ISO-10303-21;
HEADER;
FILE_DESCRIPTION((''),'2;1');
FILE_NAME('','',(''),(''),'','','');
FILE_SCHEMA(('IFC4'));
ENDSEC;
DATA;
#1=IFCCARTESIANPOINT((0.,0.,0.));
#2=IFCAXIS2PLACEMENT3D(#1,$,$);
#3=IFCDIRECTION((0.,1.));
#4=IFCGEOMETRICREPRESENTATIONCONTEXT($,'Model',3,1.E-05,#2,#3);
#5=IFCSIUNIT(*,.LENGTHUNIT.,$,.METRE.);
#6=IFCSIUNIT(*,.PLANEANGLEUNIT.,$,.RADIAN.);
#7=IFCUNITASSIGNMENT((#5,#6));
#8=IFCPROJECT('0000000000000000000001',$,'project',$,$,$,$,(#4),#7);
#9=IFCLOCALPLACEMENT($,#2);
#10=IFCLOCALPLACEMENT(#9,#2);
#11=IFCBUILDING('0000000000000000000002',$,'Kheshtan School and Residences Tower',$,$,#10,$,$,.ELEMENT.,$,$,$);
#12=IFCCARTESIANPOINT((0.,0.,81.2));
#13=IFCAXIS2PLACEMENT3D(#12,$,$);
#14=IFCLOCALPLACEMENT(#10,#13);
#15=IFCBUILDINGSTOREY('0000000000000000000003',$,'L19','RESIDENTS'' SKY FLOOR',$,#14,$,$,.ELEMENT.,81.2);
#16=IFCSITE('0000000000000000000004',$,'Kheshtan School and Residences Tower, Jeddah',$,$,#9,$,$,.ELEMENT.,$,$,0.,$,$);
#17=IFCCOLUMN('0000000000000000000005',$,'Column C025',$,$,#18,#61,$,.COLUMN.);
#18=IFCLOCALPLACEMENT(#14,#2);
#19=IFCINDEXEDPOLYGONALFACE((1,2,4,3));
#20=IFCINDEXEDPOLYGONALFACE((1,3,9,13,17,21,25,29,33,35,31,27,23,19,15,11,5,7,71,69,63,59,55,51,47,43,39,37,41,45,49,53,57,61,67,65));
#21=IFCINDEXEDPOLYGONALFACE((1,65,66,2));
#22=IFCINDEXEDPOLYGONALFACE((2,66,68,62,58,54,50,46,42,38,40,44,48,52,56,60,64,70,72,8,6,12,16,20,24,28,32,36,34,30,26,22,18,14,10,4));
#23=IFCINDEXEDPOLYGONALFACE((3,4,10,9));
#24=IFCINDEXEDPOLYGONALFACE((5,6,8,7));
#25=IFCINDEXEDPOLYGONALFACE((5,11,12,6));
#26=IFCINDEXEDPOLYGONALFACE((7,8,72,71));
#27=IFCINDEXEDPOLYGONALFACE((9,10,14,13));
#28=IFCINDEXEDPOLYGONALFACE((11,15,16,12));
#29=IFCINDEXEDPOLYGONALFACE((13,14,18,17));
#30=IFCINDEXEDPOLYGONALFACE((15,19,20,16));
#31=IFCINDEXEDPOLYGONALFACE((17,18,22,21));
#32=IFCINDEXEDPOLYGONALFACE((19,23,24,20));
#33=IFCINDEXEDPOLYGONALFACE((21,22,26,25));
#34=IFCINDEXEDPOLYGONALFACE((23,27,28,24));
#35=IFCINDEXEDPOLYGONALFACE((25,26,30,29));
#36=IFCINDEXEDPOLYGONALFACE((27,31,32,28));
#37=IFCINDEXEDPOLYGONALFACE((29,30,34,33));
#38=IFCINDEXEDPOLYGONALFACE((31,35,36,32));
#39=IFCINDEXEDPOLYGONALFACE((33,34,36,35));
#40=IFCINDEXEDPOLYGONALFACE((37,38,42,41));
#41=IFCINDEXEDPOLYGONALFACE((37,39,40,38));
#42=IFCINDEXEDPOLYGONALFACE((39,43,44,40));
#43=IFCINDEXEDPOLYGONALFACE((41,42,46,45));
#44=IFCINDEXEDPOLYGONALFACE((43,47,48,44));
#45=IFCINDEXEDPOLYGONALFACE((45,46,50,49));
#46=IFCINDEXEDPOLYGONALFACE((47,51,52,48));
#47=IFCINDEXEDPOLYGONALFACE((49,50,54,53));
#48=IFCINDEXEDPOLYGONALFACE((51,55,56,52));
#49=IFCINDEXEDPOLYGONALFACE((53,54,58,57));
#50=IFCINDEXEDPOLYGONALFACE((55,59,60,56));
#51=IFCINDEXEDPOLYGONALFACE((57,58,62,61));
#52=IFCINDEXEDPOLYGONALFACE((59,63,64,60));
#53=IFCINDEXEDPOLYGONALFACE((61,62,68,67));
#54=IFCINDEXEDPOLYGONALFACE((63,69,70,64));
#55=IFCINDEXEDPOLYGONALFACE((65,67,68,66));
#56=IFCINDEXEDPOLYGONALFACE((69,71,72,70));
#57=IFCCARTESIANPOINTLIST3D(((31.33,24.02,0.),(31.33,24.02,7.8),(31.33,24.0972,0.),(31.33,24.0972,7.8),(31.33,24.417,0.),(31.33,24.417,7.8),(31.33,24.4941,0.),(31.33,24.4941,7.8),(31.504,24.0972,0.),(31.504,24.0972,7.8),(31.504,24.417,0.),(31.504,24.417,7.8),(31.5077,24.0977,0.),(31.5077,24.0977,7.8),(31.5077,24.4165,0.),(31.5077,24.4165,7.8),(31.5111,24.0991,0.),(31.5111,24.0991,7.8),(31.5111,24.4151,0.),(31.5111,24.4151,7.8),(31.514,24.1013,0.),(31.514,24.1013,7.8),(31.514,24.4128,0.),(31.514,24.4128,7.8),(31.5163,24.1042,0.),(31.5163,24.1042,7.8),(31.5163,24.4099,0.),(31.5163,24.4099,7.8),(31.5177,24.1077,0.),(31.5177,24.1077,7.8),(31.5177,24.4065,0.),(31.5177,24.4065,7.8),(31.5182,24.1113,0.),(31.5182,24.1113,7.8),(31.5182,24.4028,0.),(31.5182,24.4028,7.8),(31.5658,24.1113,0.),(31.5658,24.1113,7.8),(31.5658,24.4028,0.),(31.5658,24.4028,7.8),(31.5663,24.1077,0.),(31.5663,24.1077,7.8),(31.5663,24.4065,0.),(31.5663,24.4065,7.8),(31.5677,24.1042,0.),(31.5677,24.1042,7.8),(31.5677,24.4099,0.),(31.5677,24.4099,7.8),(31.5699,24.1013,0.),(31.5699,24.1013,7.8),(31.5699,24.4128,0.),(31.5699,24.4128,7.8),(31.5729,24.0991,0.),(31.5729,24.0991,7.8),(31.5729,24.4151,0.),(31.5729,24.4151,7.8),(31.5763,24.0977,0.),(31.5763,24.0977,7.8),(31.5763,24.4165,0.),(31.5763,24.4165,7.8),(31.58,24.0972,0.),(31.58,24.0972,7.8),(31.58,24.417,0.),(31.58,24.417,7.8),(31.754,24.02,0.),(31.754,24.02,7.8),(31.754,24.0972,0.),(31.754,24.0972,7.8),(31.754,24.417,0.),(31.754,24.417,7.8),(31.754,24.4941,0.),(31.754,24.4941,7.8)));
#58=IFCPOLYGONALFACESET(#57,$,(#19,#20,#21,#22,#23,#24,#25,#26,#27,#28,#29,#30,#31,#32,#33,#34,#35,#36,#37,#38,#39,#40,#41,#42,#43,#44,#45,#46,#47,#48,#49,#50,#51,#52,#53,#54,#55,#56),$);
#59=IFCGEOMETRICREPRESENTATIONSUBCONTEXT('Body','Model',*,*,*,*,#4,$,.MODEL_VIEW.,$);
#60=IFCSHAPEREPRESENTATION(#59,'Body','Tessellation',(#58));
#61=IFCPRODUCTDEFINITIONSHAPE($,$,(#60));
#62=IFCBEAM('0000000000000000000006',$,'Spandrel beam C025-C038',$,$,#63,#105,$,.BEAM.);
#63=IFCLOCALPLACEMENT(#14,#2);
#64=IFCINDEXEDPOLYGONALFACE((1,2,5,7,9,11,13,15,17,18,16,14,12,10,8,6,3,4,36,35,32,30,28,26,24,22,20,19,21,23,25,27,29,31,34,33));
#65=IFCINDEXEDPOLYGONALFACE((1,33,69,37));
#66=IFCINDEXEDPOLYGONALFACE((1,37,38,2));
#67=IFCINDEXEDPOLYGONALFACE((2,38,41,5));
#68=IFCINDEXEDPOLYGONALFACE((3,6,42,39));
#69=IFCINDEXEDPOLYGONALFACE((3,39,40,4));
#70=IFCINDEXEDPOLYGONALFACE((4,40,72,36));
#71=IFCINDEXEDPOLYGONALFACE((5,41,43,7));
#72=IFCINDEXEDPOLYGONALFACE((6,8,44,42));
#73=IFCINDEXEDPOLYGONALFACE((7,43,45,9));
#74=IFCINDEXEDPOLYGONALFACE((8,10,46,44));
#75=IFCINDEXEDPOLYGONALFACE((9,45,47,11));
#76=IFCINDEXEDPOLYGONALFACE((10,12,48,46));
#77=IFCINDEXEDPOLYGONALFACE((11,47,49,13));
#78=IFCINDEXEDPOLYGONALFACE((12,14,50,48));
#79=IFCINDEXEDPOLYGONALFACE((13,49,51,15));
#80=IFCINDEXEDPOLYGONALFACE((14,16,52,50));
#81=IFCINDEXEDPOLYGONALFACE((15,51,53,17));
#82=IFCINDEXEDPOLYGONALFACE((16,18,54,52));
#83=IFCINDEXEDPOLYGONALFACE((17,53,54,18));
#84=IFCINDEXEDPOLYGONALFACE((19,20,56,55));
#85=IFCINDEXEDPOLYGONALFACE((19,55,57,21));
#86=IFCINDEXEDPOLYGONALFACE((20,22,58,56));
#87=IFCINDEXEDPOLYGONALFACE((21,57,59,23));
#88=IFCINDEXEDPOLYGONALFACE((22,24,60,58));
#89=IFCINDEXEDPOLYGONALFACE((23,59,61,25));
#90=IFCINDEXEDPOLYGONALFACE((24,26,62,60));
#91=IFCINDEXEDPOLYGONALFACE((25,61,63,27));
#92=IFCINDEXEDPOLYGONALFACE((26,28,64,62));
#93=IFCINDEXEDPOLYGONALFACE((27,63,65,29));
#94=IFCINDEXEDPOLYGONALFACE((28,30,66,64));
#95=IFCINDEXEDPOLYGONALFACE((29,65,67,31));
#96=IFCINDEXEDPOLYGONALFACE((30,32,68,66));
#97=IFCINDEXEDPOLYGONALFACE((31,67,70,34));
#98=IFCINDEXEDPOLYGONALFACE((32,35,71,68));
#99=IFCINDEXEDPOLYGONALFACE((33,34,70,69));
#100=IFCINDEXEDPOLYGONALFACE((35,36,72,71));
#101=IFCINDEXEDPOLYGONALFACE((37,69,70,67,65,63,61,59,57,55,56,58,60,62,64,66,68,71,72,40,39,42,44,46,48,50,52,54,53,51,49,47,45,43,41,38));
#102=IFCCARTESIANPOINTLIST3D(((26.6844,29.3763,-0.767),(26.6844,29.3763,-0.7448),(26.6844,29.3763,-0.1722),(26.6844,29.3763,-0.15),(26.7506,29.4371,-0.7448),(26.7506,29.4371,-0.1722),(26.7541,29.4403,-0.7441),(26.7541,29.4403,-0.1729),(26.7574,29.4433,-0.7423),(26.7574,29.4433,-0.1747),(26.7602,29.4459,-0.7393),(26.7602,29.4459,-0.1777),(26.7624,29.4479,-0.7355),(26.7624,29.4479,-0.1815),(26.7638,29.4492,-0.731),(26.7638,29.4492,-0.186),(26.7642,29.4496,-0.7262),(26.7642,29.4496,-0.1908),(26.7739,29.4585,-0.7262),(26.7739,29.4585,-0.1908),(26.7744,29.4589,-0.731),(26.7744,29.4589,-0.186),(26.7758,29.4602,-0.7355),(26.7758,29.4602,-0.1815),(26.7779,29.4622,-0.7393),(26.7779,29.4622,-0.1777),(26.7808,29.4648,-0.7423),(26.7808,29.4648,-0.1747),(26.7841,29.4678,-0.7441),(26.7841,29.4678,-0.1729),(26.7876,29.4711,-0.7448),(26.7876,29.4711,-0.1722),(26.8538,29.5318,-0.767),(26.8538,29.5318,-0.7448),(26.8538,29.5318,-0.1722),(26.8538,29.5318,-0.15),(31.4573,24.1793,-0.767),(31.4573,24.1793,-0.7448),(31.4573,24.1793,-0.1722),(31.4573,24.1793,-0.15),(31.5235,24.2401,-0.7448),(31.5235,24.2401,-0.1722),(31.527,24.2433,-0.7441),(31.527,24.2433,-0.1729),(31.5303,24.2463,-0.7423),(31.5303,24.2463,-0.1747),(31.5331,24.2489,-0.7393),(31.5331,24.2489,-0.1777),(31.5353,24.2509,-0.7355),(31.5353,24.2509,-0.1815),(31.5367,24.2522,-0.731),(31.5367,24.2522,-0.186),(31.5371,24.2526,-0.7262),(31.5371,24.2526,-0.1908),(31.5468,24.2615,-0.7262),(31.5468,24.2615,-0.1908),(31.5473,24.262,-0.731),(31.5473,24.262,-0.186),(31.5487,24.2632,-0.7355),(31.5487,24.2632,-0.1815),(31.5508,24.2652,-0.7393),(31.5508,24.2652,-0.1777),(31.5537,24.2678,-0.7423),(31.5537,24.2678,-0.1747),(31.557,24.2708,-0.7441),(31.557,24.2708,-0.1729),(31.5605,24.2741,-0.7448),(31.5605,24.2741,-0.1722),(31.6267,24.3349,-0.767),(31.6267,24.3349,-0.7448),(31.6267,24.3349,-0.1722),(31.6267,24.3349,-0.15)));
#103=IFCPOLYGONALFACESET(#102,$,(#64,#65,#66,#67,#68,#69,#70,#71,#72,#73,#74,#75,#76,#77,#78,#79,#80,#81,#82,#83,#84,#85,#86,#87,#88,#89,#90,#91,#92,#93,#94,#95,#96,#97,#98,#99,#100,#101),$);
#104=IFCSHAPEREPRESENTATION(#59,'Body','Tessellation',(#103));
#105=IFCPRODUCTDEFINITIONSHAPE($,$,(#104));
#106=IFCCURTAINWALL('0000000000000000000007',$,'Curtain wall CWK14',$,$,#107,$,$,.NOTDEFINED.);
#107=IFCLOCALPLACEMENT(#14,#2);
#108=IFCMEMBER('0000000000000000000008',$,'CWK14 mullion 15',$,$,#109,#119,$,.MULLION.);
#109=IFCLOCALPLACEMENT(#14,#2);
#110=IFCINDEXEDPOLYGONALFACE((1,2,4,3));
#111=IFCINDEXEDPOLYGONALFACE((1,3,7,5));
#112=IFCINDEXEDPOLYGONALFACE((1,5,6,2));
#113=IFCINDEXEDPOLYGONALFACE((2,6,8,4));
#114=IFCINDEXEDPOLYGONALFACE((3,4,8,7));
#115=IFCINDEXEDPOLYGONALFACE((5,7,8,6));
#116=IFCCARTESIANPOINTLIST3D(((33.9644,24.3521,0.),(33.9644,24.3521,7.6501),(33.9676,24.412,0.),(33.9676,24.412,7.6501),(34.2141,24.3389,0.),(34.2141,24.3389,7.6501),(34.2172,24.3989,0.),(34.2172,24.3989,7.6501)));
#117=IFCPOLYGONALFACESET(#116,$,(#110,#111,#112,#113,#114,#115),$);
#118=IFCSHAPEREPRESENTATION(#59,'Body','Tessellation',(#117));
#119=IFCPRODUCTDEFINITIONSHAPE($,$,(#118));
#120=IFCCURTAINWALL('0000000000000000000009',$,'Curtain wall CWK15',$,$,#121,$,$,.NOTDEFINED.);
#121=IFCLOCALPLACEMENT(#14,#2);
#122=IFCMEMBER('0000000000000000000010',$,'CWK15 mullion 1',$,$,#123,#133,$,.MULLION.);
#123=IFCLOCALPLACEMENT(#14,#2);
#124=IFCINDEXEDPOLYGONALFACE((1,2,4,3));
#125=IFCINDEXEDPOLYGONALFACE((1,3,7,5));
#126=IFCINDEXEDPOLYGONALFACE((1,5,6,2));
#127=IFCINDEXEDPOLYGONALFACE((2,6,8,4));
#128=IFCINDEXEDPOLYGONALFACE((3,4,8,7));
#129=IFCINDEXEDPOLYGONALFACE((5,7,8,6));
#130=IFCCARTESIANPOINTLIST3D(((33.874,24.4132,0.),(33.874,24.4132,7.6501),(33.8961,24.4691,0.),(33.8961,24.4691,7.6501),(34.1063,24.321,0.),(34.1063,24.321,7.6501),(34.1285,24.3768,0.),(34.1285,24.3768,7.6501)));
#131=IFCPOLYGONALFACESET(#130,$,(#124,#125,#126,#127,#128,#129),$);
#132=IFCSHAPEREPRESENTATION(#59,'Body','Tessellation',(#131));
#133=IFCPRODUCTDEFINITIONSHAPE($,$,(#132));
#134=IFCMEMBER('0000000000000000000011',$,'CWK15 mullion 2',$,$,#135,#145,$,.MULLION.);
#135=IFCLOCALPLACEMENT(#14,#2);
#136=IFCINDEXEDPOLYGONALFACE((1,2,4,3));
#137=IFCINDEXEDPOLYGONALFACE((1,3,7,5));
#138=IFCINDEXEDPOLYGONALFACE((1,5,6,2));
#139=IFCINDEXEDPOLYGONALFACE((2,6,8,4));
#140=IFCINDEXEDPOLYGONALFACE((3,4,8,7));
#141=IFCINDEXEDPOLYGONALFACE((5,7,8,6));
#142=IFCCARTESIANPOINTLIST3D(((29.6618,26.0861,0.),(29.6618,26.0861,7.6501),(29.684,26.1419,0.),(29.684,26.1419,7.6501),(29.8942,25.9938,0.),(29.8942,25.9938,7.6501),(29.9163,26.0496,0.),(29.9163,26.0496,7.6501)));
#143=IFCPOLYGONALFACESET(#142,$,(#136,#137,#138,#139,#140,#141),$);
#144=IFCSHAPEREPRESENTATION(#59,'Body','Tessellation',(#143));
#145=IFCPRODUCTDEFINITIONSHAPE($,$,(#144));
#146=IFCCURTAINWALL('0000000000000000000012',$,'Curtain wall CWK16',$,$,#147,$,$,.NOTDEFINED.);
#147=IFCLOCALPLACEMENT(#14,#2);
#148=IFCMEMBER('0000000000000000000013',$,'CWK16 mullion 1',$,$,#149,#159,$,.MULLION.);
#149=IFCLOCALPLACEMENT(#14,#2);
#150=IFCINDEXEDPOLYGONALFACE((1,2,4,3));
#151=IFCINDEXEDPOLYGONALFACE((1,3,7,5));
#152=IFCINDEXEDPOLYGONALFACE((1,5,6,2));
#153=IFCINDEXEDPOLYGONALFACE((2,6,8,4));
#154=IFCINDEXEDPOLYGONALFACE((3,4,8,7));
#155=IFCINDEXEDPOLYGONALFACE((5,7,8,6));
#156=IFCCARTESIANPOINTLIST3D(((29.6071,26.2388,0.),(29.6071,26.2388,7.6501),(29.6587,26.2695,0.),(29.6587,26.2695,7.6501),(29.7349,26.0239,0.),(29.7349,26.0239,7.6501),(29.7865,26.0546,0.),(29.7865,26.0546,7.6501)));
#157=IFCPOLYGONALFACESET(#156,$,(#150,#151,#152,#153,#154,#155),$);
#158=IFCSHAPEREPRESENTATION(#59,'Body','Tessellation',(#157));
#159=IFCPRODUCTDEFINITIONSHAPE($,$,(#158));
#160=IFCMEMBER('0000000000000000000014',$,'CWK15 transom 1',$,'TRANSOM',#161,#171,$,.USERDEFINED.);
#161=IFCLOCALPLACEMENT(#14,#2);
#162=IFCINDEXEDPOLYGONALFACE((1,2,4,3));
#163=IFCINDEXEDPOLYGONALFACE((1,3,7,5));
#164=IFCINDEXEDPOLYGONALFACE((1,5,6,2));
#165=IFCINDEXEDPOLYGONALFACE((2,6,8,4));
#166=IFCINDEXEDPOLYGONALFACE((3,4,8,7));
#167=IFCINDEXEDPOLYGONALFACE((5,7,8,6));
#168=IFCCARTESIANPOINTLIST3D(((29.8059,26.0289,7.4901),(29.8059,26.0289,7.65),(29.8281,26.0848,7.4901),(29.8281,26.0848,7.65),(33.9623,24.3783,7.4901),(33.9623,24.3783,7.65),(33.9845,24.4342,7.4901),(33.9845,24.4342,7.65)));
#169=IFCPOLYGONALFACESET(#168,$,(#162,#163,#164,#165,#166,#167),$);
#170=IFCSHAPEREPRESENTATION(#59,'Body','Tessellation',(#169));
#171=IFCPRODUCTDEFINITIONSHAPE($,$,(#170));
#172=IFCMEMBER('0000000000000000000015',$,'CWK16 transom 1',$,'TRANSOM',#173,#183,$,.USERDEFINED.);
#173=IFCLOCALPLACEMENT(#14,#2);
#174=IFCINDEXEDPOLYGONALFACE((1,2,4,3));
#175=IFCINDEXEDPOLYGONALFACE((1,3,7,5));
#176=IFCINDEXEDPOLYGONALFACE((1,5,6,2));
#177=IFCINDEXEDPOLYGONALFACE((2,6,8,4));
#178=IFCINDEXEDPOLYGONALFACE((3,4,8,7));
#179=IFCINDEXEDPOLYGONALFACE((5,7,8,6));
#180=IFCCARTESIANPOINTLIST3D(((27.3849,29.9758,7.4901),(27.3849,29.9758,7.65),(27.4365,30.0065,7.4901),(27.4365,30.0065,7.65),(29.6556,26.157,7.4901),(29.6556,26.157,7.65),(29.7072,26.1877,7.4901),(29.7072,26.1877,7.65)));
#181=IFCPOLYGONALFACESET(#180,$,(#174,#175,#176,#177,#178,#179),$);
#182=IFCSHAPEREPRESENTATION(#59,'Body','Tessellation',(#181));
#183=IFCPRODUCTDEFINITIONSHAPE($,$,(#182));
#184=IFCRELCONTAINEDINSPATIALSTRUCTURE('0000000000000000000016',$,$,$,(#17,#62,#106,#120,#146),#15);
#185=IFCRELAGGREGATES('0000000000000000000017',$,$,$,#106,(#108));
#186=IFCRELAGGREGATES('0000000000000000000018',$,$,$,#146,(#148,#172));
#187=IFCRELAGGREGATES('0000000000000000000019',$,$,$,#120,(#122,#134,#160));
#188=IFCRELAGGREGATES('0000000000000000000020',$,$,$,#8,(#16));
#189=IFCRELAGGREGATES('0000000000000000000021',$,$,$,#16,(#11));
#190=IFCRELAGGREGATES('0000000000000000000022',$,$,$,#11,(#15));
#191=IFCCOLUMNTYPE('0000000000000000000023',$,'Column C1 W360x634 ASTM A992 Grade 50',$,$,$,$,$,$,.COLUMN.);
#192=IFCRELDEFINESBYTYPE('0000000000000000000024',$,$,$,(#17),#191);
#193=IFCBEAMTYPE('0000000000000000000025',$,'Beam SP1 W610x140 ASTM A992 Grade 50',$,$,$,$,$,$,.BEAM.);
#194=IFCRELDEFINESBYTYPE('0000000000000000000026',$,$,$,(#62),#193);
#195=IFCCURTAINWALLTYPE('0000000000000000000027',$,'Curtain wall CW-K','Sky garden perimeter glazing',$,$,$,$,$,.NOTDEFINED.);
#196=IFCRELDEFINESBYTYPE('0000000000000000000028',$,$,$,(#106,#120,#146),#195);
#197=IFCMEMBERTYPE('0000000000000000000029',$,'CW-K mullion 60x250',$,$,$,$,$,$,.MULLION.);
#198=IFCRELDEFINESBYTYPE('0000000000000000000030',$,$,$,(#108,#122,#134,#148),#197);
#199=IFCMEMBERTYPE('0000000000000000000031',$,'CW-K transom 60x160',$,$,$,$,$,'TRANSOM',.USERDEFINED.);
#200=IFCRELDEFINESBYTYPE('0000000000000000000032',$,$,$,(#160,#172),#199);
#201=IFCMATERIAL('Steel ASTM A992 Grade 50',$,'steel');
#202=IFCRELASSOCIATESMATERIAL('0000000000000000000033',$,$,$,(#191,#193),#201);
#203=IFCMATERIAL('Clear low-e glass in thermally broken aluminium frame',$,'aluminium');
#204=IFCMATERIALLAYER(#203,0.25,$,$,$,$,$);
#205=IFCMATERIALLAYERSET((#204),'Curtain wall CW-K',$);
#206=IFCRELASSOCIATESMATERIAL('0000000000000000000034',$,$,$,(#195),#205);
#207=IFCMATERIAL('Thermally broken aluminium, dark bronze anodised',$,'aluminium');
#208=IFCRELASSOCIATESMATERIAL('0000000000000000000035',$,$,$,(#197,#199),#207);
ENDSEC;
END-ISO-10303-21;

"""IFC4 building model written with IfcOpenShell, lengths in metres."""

from ifc_helpers import new_model, si_unit, direction, frame, origin, origin_2d, place, context, subcontext, project, spatial, rectangle, i_section, extrude, material, layer, layer_set, material_profile, profile_set, type_object, element, aggregate, save


model = new_model("IFC4")

# Units and contexts
model_context = context("Model", 3, precision=1e-05, world=origin(), true_north=direction((0.0, 1.0)))
body_context = subcontext(model_context, "Body", "Model", "MODEL_VIEW")
ifc_project = project(units=[si_unit("LENGTHUNIT", "METRE"), si_unit("PLANEANGLEUNIT", "RADIAN")], contexts=[model_context])

# Site, building, storey
site_placement = place(None, origin())
site = spatial("IfcSite", under=ifc_project, at=site_placement, Name="Kheshtan School and Residences Tower, Jeddah", CompositionType="ELEMENT", RefElevation=0.0)
building_placement = place(site_placement, origin())
building = spatial("IfcBuilding", under=site, at=building_placement, Name="Kheshtan School and Residences Tower", CompositionType="ELEMENT")
storey_placement = place(building_placement, frame((0.0, 0.0, 81.2)))
storey = spatial("IfcBuildingStorey", under=building, at=storey_placement, Name="L19", Description="RESIDENTS' SKY FLOOR", CompositionType="ELEMENT", Elevation=81.2)

# Column
ifc_material_1 = material(Name="Steel ASTM A992 Grade 50", Category="steel")
ifc_material_profile_1 = material_profile(ifc_material_1, i_section(OverallWidth=0.4241, OverallDepth=0.4741, WebThickness=0.0476, FlangeThickness=0.0771, FilletRadius=0.0142, at=origin_2d()), Name="W360x634")
ifc_profile_set_1 = profile_set([ifc_material_profile_1], Name="Steel ASTM A992 Grade 50")
column_type = type_object("IfcColumnType", Name="Column C1 W360x634 ASTM A992 Grade 50", PredefinedType="COLUMN", material=ifc_profile_set_1)
column_placement = place(storey_placement, frame((31.542, 24.2571, 0.0), z_axis=(0.0, 0.0, 1.0), x_axis=(1.0, 0.0, 0.0)))
element("IfcColumn", 1, at=column_placement, inside=storey, type_object=column_type, Name="Column C025", PredefinedType="COLUMN", context=body_context, shape_type="SweptSolid", body=[
    extrude(i_section(OverallWidth=0.4241, OverallDepth=0.4741, WebThickness=0.0476, FlangeThickness=0.0771, FilletRadius=0.0142, at=origin_2d()), origin(), (0.0, 0.0, 1.0), 7.8),
])

# Beam
ifc_material_profile_2 = material_profile(ifc_material_1, i_section(OverallWidth=0.23, OverallDepth=0.6169, WebThickness=0.0132, FlangeThickness=0.0222, FilletRadius=0.0186, at=origin_2d()), Name="W610x140")
ifc_profile_set_2 = profile_set([ifc_material_profile_2], Name="Steel ASTM A992 Grade 50")
beam_type = type_object("IfcBeamType", Name="Beam SP1 W610x140 ASTM A992 Grade 50", PredefinedType="BEAM", material=ifc_profile_set_2)
beam_placement = place(storey_placement, frame((31.542, 24.2571, -0.4585), z_axis=(-0.676418, 0.736518, 0.0), x_axis=(-0.736518, -0.676418, 0.0)))
element("IfcBeam", 2, at=beam_placement, inside=storey, type_object=beam_type, Name="Spandrel beam C025-C038", PredefinedType="BEAM", context=body_context, shape_type="SweptSolid", body=[
    extrude(i_section(OverallWidth=0.23, OverallDepth=0.6169, WebThickness=0.0132, FlangeThickness=0.0222, FilletRadius=0.0186, at=origin_2d()), origin(), (0.0, 0.0, 1.0), 7.0562),
])

# Curtain wall, member
ifc_material_2 = material(Name="Clear low-e glass in thermally broken aluminium frame", Category="aluminium")
ifc_layer_1 = layer(ifc_material_2, 0.25)
ifc_layer_set_1 = layer_set([ifc_layer_1], Name="Curtain wall CW-K")
curtain_wall_type = type_object("IfcCurtainWallType", Name="Curtain wall CW-K", Description="Sky garden perimeter glazing", PredefinedType="NOTDEFINED", material=ifc_layer_set_1)
curtain_wall_1_placement = place(storey_placement, origin())
curtain_wall_1 = element("IfcCurtainWall", 3, at=curtain_wall_1_placement, inside=storey, type_object=curtain_wall_type, Name="Curtain wall CWK14", PredefinedType="NOTDEFINED")
ifc_material_3 = material(Name="Thermally broken aluminium, dark bronze anodised", Category="aluminium")
ifc_material_profile_3 = material_profile(ifc_material_3, rectangle(XDim=0.0601, YDim=0.25, at=origin_2d()), Name="CW-K mullion 60x250")
ifc_profile_set_3 = profile_set([ifc_material_profile_3], Name="Thermally broken aluminium, dark bronze anodised")
member_type_1 = type_object("IfcMemberType", Name="CW-K mullion 60x250", PredefinedType="MULLION", material=ifc_profile_set_3)
member_1_placement = place(storey_placement, frame((34.0908, 24.3755, 0.0), z_axis=(0.0, 0.0, 1.0), x_axis=(-0.05257, -0.998617, 0.0)))
member_1 = element("IfcMember", 4, at=member_1_placement, type_object=member_type_1, Name="CWK14 mullion 15", PredefinedType="MULLION", context=body_context, shape_type="SweptSolid", body=[
    extrude(rectangle(XDim=0.0601, YDim=0.25, at=origin_2d()), origin(), (0.0, 0.0, 1.0), 7.6501),
])
aggregate(curtain_wall_1, [member_1])

# Curtain wall, members
curtain_wall_2_placement = place(storey_placement, origin())
curtain_wall_2 = element("IfcCurtainWall", 5, at=curtain_wall_2_placement, inside=storey, type_object=curtain_wall_type, Name="Curtain wall CWK15", PredefinedType="NOTDEFINED")
member_2_placement = place(storey_placement, frame((34.0012, 24.395, 0.0), z_axis=(0.0, 0.0, 1.0), x_axis=(-0.369099, -0.92939, 0.0)))
member_2 = element("IfcMember", 6, at=member_2_placement, type_object=member_type_1, Name="CWK15 mullion 1", PredefinedType="MULLION", context=body_context, shape_type="SweptSolid", body=[
    extrude(rectangle(XDim=0.0601, YDim=0.25, at=origin_2d()), origin(), (0.0, 0.0, 1.0), 7.6501),
])
member_3_placement = place(storey_placement, frame((29.7891, 26.0679, 0.0), z_axis=(0.0, 0.0, 1.0), x_axis=(-0.369099, -0.92939, 0.0)))
member_3 = element("IfcMember", 7, at=member_3_placement, type_object=member_type_1, Name="CWK15 mullion 2", PredefinedType="MULLION", context=body_context, shape_type="SweptSolid", body=[
    extrude(rectangle(XDim=0.0601, YDim=0.25, at=origin_2d()), origin(), (0.0, 0.0, 1.0), 7.6501),
])

# Curtain wall, member
curtain_wall_3_placement = place(storey_placement, origin())
curtain_wall_3 = element("IfcCurtainWall", 8, at=curtain_wall_3_placement, inside=storey, type_object=curtain_wall_type, Name="Curtain wall CWK16", PredefinedType="NOTDEFINED")
member_4_placement = place(storey_placement, frame((29.6968, 26.1467, 0.0), z_axis=(0.0, 0.0, 1.0), x_axis=(-0.859536, -0.511075, 0.0)))
member_4 = element("IfcMember", 9, at=member_4_placement, type_object=member_type_1, Name="CWK16 mullion 1", PredefinedType="MULLION", context=body_context, shape_type="SweptSolid", body=[
    extrude(rectangle(XDim=0.0601, YDim=0.25, at=origin_2d()), origin(), (0.0, 0.0, 1.0), 7.6501),
])

# Members
ifc_material_profile_4 = material_profile(ifc_material_3, rectangle(XDim=0.0601, YDim=0.1599, at=origin_2d()), Name="CW-K transom 60x160")
ifc_profile_set_4 = profile_set([ifc_material_profile_4], Name="Thermally broken aluminium, dark bronze anodised")
member_type_2 = type_object("IfcMemberType", Name="CW-K transom 60x160", ElementType="TRANSOM", PredefinedType="USERDEFINED", material=ifc_profile_set_4)
member_5_placement = place(storey_placement, frame((33.9734, 24.4062, 7.5701), z_axis=(-0.929396, 0.369084, 0.0), x_axis=(-0.369084, -0.929396, 0.0)))
member_5 = element("IfcMember", 10, at=member_5_placement, type_object=member_type_2, Name="CWK15 transom 1", ObjectType="TRANSOM", PredefinedType="USERDEFINED", context=body_context, shape_type="SweptSolid", body=[
    extrude(rectangle(XDim=0.0601, YDim=0.1599, at=origin_2d()), origin(), (0.0, 0.0, 1.0), 4.4722),
])
member_6_placement = place(storey_placement, frame((29.6814, 26.1724, 7.5701), z_axis=(-0.51109, 0.859527, 0.0), x_axis=(-0.859527, -0.51109, 0.0)))
member_6 = element("IfcMember", 11, at=member_6_placement, type_object=member_type_2, Name="CWK16 transom 1", ObjectType="TRANSOM", PredefinedType="USERDEFINED", context=body_context, shape_type="SweptSolid", body=[
    extrude(rectangle(XDim=0.0601, YDim=0.1599, at=origin_2d()), origin(), (0.0, 0.0, 1.0), 4.4429),
])
aggregate(curtain_wall_3, [member_4, member_6])

aggregate(curtain_wall_2, [member_2, member_3, member_5])

save(model, "model.ifc")
